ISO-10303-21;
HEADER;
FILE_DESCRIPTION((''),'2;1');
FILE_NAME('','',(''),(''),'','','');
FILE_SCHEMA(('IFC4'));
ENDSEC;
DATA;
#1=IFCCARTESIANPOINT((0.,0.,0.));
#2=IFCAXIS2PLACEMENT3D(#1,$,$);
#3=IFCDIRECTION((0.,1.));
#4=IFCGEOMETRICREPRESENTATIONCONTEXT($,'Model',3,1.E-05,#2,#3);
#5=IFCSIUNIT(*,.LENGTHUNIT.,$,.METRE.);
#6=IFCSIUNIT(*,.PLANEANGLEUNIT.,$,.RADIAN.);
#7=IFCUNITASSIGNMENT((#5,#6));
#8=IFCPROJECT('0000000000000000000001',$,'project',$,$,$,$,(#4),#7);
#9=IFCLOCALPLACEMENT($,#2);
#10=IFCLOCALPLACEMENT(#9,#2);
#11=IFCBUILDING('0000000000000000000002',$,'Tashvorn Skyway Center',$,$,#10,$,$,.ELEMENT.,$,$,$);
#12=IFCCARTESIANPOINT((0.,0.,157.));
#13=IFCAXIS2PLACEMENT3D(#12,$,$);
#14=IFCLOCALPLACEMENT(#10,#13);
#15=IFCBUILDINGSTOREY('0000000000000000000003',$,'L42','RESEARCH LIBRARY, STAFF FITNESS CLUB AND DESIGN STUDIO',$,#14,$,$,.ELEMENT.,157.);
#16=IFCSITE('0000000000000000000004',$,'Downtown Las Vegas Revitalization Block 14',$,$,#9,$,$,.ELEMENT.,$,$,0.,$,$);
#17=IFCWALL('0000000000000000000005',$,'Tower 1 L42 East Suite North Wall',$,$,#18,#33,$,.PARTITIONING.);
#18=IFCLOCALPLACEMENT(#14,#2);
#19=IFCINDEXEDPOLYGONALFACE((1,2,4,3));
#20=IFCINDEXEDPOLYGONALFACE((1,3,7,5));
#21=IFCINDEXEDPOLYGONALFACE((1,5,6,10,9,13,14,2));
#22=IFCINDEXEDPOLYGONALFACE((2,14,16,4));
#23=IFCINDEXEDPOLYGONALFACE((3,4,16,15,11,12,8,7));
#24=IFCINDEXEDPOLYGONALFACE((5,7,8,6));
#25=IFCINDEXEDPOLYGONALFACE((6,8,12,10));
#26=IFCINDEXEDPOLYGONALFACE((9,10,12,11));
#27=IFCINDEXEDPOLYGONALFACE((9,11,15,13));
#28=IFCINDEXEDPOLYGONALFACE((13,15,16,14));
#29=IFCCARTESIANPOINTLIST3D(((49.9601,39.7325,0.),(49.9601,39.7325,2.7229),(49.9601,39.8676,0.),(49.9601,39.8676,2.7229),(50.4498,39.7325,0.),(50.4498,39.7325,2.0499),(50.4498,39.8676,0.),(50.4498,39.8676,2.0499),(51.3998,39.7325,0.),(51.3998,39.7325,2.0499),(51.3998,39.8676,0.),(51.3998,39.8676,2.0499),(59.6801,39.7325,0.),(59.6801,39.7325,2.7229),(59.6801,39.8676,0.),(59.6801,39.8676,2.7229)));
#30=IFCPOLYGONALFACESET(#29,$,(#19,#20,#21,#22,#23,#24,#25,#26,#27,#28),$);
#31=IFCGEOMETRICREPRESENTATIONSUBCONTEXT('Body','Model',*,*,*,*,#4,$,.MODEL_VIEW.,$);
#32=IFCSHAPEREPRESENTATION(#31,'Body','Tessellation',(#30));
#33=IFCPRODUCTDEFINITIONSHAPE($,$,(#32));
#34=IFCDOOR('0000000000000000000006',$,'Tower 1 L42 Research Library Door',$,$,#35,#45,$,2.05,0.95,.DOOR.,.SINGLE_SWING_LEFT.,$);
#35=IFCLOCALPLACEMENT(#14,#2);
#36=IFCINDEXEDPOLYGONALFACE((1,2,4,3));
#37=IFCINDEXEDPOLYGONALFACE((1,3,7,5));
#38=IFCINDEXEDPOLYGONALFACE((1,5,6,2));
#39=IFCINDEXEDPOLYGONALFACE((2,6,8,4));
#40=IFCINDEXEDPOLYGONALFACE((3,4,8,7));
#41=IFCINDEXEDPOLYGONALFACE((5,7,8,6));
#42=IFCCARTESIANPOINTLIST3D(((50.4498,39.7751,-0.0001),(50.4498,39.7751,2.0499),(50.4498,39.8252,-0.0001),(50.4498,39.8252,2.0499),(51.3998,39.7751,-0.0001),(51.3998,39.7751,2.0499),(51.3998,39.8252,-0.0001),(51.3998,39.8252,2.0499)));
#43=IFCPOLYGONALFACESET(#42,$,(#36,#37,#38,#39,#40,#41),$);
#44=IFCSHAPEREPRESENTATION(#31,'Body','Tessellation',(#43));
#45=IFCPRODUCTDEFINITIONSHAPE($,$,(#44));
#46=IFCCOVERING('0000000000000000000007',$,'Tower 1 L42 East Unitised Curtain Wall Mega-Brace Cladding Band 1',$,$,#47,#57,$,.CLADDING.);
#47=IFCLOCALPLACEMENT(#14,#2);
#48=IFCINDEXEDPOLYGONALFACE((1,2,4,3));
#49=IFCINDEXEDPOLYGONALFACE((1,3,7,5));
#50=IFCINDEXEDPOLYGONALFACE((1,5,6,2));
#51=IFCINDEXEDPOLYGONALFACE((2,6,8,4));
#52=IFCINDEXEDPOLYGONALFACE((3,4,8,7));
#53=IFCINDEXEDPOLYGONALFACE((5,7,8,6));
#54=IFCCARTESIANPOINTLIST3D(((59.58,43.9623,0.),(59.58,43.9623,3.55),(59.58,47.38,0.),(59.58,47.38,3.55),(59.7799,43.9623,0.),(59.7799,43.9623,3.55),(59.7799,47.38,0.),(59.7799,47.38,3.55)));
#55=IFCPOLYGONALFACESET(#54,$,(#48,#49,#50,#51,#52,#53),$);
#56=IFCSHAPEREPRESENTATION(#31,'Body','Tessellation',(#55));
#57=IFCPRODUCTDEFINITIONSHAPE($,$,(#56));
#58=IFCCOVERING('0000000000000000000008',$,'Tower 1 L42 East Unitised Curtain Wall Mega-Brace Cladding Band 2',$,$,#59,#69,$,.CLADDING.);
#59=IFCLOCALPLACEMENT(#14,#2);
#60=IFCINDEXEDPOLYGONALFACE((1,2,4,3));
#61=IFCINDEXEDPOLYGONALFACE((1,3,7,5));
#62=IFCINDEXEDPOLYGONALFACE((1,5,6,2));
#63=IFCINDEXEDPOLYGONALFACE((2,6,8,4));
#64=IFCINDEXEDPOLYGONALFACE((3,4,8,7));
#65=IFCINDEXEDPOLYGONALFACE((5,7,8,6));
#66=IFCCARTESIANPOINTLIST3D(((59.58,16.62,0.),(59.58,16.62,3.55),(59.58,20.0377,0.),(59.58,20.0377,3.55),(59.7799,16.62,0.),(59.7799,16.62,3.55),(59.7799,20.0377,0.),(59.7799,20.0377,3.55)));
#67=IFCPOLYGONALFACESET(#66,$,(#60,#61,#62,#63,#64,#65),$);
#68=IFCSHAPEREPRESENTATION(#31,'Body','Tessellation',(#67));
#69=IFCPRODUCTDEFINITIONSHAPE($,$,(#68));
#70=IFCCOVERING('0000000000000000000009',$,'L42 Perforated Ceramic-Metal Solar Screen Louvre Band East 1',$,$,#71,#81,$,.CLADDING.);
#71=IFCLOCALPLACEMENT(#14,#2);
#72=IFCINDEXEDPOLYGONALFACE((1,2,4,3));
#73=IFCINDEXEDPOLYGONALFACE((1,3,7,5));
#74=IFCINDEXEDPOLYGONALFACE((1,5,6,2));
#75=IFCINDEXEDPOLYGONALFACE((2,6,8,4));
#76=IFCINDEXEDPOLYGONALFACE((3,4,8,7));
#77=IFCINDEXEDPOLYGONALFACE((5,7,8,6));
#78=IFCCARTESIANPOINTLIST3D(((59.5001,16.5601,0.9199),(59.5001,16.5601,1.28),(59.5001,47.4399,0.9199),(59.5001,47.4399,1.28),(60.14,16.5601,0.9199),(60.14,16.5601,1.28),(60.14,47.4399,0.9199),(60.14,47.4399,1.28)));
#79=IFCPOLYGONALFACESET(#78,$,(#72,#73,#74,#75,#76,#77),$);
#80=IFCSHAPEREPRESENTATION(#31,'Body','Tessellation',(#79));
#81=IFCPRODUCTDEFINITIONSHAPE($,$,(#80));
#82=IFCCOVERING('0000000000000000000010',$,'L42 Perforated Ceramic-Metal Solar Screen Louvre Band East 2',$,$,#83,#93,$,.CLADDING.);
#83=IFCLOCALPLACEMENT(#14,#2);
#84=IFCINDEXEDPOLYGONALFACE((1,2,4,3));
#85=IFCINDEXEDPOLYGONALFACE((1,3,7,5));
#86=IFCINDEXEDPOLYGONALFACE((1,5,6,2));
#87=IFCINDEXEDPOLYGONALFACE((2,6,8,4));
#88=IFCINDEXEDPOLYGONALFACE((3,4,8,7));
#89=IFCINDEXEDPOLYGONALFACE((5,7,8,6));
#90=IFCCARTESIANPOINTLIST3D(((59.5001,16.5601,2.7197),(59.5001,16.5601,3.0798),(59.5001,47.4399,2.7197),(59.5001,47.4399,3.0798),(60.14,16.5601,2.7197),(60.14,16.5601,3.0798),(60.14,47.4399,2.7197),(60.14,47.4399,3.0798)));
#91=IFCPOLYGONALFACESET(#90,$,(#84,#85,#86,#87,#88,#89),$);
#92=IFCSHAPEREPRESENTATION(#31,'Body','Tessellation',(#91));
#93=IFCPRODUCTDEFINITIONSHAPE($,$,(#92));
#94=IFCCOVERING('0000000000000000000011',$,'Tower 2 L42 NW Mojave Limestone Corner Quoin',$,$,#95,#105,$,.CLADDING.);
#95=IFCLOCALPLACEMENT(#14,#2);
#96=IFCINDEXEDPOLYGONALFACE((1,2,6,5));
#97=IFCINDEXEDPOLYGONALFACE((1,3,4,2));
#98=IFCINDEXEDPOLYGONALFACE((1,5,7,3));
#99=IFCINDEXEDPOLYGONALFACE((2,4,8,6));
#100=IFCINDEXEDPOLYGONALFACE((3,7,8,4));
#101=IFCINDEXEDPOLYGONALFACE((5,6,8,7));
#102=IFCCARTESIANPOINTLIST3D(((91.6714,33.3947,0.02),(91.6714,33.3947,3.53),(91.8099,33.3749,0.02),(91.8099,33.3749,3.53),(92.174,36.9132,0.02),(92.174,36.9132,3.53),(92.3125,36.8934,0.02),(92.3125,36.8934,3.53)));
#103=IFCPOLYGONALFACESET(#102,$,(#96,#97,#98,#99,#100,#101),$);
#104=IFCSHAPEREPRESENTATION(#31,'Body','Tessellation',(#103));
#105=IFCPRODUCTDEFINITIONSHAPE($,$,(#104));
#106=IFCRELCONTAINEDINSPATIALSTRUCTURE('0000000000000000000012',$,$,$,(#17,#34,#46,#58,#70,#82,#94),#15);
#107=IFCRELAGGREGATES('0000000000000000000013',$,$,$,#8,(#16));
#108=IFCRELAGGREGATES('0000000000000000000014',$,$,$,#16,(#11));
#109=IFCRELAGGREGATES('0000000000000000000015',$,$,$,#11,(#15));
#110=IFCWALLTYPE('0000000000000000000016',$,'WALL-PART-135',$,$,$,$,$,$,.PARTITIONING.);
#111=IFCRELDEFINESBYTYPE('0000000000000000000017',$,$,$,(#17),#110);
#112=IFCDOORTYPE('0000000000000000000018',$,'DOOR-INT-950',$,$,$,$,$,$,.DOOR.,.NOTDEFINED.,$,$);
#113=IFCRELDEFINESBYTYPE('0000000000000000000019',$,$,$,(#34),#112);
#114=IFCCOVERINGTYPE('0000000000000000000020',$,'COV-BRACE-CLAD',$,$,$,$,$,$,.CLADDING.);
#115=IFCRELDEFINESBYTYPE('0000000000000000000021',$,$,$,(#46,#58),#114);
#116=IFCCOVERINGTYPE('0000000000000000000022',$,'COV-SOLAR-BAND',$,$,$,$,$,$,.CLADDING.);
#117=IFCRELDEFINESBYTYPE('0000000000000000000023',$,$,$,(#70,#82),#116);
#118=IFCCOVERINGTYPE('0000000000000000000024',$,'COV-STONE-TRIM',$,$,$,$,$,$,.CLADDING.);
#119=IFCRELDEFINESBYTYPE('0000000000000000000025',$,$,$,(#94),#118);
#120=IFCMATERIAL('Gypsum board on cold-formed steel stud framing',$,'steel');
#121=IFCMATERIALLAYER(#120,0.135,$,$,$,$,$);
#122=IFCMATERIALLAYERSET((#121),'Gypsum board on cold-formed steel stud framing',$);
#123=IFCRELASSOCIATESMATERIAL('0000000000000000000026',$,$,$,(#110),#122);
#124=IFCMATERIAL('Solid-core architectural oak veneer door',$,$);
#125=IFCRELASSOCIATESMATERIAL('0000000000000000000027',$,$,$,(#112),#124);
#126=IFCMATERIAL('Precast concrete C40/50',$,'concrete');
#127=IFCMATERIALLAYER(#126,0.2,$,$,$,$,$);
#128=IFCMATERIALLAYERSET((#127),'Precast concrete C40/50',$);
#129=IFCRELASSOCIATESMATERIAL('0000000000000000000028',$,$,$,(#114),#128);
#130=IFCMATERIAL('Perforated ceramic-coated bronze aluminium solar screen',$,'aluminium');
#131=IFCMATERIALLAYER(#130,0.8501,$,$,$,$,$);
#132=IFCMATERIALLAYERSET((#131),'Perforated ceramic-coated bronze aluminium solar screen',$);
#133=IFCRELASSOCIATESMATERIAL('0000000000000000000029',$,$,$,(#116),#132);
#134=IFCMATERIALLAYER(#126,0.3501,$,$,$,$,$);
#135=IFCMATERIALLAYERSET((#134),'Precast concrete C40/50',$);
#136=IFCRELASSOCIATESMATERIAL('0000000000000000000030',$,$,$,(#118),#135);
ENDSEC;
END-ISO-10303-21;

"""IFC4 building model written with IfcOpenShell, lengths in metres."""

from ifc_helpers import new_model, si_unit, direction, frame, frame_2d, origin, origin_2d, place, context, subcontext, project, spatial, rectangle, extrude, material, layer, layer_set, type_object, element, fill, save


model = new_model("IFC4")

# Units and contexts
model_context = context("Model", 3, precision=1e-05, world=origin(), true_north=direction((0.0, 1.0)))
body_context = subcontext(model_context, "Body", "Model", "MODEL_VIEW")
ifc_project = project(units=[si_unit("LENGTHUNIT", "METRE"), si_unit("PLANEANGLEUNIT", "RADIAN")], contexts=[model_context])

# Site, building, storey
site_placement = place(None, origin())
site = spatial("IfcSite", under=ifc_project, at=site_placement, Name="Downtown Las Vegas Revitalization Block 14", CompositionType="ELEMENT", RefElevation=0.0)
building_placement = place(site_placement, origin())
building = spatial("IfcBuilding", under=site, at=building_placement, Name="Tashvorn Skyway Center", CompositionType="ELEMENT")
storey_placement = place(building_placement, frame((0.0, 0.0, 157.0)))
storey = spatial("IfcBuildingStorey", under=building, at=storey_placement, Name="L42", Description="RESEARCH LIBRARY, STAFF FITNESS CLUB AND DESIGN STUDIO", CompositionType="ELEMENT", Elevation=157.0)

# Shared definitions
ifc_material_1 = material(Name="Precast concrete C40/50", Category="concrete")

# Wall, opening, door
ifc_material_2 = material(Name="Gypsum board on cold-formed steel stud framing", Category="steel")
ifc_layer_1 = layer(ifc_material_2, 0.135)
ifc_layer_set_1 = layer_set([ifc_layer_1], Name="Gypsum board on cold-formed steel stud framing")
wall_type_1 = type_object("IfcWallType", Name="WALL-PART-135", PredefinedType="PARTITIONING", material=ifc_layer_set_1)
wall_1_placement = place(storey_placement, frame((59.6799, 39.8, 0.0), z_axis=(0.0, 0.0, 1.0), x_axis=(-1.0, 0.0, 0.0)))
wall_1 = element("IfcWall", 1, at=wall_1_placement, inside=storey, type_object=wall_type_1, Name="Tower 1 L42 East Suite North Wall", PredefinedType="PARTITIONING", context=body_context, shape_type="SweptSolid", body=[
    extrude(rectangle(XDim=9.72, YDim=0.135, at=frame_2d((4.8599, 0.0))), origin(), (0.0, 0.0, 1.0), 2.7229),
])
opening_placement = place(wall_1_placement, frame((8.28, 0.0, 0.0)))
opening = element("IfcOpeningElement", 2, at=opening_placement, cuts=wall_1, PredefinedType="OPENING", context=body_context, shape_type="SweptSolid", body=[
    extrude(rectangle(XDim=0.95, YDim=2.05, at=frame_2d((0.4751, 1.0249))), frame((0.0, 0.0774, 0.0), z_axis=(0.0, -1.0, 0.0), x_axis=(1.0, 0.0, 0.0)), (0.0, 0.0, 1.0), 0.155),
])
ifc_material_3 = material(Name="Solid-core architectural oak veneer door")
door_type = type_object("IfcDoorType", Name="DOOR-INT-950", OperationType="NOTDEFINED", PredefinedType="DOOR", material=ifc_material_3)
door_placement = place(opening_placement, origin())
door = element("IfcDoor", 3, at=door_placement, inside=storey, type_object=door_type, Name="Tower 1 L42 Research Library Door", OperationType="SINGLE_SWING_LEFT", OverallHeight=2.05, OverallWidth=0.95, PredefinedType="DOOR", context=body_context, shape_type="SweptSolid", body=[
    extrude(rectangle(XDim=0.95, YDim=2.05, at=frame_2d((0.4751, 1.0249))), frame((0.0, 0.0249, 0.0), z_axis=(0.0, -1.0, 0.0), x_axis=(1.0, 0.0, 0.0)), (0.0, 0.0, 1.0), 0.05),
])
fill(opening, door)

# Coverings
ifc_layer_2 = layer(ifc_material_1, 0.2)
ifc_layer_set_2 = layer_set([ifc_layer_2], Name="Precast concrete C40/50")
covering_type_1 = type_object("IfcCoveringType", Name="COV-BRACE-CLAD", PredefinedType="CLADDING", material=ifc_layer_set_2)
for number, where, z_axis, x_axis, name in (
    (4, (59.6799, 45.6711, 0.0), (0.0, 0.0, 1.0), (0.0, -1.0, 0.0), "Tower 1 L42 East Unitised Curtain Wall Mega-Brace Cladding Band 1"),
    (5, (59.6799, 18.3289, 0.0), (0.0, 0.0, 1.0), (0.0, -1.0, 0.0), "Tower 1 L42 East Unitised Curtain Wall Mega-Brace Cladding Band 2"),
):
    element("IfcCovering", number, at=place(storey_placement, frame(where, z_axis=z_axis, x_axis=x_axis)), inside=storey, type_object=covering_type_1, Name=name, PredefinedType="CLADDING", context=body_context, shape_type="SweptSolid", body=[
        extrude(rectangle(XDim=3.4177, YDim=0.2, at=origin_2d()), origin(), (0.0, 0.0, 1.0), 3.55),
    ])
ifc_material_4 = material(Name="Perforated ceramic-coated bronze aluminium solar screen", Category="aluminium")
ifc_layer_3 = layer(ifc_material_4, 0.8501)
ifc_layer_set_3 = layer_set([ifc_layer_3], Name="Perforated ceramic-coated bronze aluminium solar screen")
covering_type_2 = type_object("IfcCoveringType", Name="COV-SOLAR-BAND", PredefinedType="CLADDING", material=ifc_layer_set_3)
for number, where, z_axis, x_axis, name in (
    (6, (59.8201, 32.0, 0.9199), (0.0, 0.0, 1.0), (0.0, -1.0, 0.0), "L42 Perforated Ceramic-Metal Solar Screen Louvre Band East 1"),
    (7, (59.8201, 32.0, 2.7197), (0.0, 0.0, 1.0), (0.0, -1.0, 0.0), "L42 Perforated Ceramic-Metal Solar Screen Louvre Band East 2"),
):
    element("IfcCovering", number, at=place(storey_placement, frame(where, z_axis=z_axis, x_axis=x_axis)), inside=storey, type_object=covering_type_2, Name=name, PredefinedType="CLADDING", context=body_context, shape_type="SweptSolid", body=[
        extrude(rectangle(XDim=30.8799, YDim=0.6399, at=origin_2d()), origin(), (0.0, 0.0, 1.0), 0.3601),
    ])
ifc_layer_4 = layer(ifc_material_1, 0.3501)
ifc_layer_set_4 = layer_set([ifc_layer_4], Name="Precast concrete C40/50")
covering_type_3 = type_object("IfcCoveringType", Name="COV-STONE-TRIM", PredefinedType="CLADDING", material=ifc_layer_set_4)
covering_placement = place(storey_placement, frame((91.9919, 35.144, 0.02), z_axis=(0.0, 0.0, 1.0), x_axis=(-0.141421, -0.989949, 0.0)))
element("IfcCovering", 8, at=covering_placement, inside=storey, type_object=covering_type_3, Name="Tower 2 L42 NW Mojave Limestone Corner Quoin", PredefinedType="CLADDING", context=body_context, shape_type="SweptSolid", body=[
    extrude(rectangle(XDim=3.5542, YDim=0.1399, at=origin_2d()), origin(), (0.0, 0.0, 1.0), 3.51),
])

save(model, "model.ifc")
